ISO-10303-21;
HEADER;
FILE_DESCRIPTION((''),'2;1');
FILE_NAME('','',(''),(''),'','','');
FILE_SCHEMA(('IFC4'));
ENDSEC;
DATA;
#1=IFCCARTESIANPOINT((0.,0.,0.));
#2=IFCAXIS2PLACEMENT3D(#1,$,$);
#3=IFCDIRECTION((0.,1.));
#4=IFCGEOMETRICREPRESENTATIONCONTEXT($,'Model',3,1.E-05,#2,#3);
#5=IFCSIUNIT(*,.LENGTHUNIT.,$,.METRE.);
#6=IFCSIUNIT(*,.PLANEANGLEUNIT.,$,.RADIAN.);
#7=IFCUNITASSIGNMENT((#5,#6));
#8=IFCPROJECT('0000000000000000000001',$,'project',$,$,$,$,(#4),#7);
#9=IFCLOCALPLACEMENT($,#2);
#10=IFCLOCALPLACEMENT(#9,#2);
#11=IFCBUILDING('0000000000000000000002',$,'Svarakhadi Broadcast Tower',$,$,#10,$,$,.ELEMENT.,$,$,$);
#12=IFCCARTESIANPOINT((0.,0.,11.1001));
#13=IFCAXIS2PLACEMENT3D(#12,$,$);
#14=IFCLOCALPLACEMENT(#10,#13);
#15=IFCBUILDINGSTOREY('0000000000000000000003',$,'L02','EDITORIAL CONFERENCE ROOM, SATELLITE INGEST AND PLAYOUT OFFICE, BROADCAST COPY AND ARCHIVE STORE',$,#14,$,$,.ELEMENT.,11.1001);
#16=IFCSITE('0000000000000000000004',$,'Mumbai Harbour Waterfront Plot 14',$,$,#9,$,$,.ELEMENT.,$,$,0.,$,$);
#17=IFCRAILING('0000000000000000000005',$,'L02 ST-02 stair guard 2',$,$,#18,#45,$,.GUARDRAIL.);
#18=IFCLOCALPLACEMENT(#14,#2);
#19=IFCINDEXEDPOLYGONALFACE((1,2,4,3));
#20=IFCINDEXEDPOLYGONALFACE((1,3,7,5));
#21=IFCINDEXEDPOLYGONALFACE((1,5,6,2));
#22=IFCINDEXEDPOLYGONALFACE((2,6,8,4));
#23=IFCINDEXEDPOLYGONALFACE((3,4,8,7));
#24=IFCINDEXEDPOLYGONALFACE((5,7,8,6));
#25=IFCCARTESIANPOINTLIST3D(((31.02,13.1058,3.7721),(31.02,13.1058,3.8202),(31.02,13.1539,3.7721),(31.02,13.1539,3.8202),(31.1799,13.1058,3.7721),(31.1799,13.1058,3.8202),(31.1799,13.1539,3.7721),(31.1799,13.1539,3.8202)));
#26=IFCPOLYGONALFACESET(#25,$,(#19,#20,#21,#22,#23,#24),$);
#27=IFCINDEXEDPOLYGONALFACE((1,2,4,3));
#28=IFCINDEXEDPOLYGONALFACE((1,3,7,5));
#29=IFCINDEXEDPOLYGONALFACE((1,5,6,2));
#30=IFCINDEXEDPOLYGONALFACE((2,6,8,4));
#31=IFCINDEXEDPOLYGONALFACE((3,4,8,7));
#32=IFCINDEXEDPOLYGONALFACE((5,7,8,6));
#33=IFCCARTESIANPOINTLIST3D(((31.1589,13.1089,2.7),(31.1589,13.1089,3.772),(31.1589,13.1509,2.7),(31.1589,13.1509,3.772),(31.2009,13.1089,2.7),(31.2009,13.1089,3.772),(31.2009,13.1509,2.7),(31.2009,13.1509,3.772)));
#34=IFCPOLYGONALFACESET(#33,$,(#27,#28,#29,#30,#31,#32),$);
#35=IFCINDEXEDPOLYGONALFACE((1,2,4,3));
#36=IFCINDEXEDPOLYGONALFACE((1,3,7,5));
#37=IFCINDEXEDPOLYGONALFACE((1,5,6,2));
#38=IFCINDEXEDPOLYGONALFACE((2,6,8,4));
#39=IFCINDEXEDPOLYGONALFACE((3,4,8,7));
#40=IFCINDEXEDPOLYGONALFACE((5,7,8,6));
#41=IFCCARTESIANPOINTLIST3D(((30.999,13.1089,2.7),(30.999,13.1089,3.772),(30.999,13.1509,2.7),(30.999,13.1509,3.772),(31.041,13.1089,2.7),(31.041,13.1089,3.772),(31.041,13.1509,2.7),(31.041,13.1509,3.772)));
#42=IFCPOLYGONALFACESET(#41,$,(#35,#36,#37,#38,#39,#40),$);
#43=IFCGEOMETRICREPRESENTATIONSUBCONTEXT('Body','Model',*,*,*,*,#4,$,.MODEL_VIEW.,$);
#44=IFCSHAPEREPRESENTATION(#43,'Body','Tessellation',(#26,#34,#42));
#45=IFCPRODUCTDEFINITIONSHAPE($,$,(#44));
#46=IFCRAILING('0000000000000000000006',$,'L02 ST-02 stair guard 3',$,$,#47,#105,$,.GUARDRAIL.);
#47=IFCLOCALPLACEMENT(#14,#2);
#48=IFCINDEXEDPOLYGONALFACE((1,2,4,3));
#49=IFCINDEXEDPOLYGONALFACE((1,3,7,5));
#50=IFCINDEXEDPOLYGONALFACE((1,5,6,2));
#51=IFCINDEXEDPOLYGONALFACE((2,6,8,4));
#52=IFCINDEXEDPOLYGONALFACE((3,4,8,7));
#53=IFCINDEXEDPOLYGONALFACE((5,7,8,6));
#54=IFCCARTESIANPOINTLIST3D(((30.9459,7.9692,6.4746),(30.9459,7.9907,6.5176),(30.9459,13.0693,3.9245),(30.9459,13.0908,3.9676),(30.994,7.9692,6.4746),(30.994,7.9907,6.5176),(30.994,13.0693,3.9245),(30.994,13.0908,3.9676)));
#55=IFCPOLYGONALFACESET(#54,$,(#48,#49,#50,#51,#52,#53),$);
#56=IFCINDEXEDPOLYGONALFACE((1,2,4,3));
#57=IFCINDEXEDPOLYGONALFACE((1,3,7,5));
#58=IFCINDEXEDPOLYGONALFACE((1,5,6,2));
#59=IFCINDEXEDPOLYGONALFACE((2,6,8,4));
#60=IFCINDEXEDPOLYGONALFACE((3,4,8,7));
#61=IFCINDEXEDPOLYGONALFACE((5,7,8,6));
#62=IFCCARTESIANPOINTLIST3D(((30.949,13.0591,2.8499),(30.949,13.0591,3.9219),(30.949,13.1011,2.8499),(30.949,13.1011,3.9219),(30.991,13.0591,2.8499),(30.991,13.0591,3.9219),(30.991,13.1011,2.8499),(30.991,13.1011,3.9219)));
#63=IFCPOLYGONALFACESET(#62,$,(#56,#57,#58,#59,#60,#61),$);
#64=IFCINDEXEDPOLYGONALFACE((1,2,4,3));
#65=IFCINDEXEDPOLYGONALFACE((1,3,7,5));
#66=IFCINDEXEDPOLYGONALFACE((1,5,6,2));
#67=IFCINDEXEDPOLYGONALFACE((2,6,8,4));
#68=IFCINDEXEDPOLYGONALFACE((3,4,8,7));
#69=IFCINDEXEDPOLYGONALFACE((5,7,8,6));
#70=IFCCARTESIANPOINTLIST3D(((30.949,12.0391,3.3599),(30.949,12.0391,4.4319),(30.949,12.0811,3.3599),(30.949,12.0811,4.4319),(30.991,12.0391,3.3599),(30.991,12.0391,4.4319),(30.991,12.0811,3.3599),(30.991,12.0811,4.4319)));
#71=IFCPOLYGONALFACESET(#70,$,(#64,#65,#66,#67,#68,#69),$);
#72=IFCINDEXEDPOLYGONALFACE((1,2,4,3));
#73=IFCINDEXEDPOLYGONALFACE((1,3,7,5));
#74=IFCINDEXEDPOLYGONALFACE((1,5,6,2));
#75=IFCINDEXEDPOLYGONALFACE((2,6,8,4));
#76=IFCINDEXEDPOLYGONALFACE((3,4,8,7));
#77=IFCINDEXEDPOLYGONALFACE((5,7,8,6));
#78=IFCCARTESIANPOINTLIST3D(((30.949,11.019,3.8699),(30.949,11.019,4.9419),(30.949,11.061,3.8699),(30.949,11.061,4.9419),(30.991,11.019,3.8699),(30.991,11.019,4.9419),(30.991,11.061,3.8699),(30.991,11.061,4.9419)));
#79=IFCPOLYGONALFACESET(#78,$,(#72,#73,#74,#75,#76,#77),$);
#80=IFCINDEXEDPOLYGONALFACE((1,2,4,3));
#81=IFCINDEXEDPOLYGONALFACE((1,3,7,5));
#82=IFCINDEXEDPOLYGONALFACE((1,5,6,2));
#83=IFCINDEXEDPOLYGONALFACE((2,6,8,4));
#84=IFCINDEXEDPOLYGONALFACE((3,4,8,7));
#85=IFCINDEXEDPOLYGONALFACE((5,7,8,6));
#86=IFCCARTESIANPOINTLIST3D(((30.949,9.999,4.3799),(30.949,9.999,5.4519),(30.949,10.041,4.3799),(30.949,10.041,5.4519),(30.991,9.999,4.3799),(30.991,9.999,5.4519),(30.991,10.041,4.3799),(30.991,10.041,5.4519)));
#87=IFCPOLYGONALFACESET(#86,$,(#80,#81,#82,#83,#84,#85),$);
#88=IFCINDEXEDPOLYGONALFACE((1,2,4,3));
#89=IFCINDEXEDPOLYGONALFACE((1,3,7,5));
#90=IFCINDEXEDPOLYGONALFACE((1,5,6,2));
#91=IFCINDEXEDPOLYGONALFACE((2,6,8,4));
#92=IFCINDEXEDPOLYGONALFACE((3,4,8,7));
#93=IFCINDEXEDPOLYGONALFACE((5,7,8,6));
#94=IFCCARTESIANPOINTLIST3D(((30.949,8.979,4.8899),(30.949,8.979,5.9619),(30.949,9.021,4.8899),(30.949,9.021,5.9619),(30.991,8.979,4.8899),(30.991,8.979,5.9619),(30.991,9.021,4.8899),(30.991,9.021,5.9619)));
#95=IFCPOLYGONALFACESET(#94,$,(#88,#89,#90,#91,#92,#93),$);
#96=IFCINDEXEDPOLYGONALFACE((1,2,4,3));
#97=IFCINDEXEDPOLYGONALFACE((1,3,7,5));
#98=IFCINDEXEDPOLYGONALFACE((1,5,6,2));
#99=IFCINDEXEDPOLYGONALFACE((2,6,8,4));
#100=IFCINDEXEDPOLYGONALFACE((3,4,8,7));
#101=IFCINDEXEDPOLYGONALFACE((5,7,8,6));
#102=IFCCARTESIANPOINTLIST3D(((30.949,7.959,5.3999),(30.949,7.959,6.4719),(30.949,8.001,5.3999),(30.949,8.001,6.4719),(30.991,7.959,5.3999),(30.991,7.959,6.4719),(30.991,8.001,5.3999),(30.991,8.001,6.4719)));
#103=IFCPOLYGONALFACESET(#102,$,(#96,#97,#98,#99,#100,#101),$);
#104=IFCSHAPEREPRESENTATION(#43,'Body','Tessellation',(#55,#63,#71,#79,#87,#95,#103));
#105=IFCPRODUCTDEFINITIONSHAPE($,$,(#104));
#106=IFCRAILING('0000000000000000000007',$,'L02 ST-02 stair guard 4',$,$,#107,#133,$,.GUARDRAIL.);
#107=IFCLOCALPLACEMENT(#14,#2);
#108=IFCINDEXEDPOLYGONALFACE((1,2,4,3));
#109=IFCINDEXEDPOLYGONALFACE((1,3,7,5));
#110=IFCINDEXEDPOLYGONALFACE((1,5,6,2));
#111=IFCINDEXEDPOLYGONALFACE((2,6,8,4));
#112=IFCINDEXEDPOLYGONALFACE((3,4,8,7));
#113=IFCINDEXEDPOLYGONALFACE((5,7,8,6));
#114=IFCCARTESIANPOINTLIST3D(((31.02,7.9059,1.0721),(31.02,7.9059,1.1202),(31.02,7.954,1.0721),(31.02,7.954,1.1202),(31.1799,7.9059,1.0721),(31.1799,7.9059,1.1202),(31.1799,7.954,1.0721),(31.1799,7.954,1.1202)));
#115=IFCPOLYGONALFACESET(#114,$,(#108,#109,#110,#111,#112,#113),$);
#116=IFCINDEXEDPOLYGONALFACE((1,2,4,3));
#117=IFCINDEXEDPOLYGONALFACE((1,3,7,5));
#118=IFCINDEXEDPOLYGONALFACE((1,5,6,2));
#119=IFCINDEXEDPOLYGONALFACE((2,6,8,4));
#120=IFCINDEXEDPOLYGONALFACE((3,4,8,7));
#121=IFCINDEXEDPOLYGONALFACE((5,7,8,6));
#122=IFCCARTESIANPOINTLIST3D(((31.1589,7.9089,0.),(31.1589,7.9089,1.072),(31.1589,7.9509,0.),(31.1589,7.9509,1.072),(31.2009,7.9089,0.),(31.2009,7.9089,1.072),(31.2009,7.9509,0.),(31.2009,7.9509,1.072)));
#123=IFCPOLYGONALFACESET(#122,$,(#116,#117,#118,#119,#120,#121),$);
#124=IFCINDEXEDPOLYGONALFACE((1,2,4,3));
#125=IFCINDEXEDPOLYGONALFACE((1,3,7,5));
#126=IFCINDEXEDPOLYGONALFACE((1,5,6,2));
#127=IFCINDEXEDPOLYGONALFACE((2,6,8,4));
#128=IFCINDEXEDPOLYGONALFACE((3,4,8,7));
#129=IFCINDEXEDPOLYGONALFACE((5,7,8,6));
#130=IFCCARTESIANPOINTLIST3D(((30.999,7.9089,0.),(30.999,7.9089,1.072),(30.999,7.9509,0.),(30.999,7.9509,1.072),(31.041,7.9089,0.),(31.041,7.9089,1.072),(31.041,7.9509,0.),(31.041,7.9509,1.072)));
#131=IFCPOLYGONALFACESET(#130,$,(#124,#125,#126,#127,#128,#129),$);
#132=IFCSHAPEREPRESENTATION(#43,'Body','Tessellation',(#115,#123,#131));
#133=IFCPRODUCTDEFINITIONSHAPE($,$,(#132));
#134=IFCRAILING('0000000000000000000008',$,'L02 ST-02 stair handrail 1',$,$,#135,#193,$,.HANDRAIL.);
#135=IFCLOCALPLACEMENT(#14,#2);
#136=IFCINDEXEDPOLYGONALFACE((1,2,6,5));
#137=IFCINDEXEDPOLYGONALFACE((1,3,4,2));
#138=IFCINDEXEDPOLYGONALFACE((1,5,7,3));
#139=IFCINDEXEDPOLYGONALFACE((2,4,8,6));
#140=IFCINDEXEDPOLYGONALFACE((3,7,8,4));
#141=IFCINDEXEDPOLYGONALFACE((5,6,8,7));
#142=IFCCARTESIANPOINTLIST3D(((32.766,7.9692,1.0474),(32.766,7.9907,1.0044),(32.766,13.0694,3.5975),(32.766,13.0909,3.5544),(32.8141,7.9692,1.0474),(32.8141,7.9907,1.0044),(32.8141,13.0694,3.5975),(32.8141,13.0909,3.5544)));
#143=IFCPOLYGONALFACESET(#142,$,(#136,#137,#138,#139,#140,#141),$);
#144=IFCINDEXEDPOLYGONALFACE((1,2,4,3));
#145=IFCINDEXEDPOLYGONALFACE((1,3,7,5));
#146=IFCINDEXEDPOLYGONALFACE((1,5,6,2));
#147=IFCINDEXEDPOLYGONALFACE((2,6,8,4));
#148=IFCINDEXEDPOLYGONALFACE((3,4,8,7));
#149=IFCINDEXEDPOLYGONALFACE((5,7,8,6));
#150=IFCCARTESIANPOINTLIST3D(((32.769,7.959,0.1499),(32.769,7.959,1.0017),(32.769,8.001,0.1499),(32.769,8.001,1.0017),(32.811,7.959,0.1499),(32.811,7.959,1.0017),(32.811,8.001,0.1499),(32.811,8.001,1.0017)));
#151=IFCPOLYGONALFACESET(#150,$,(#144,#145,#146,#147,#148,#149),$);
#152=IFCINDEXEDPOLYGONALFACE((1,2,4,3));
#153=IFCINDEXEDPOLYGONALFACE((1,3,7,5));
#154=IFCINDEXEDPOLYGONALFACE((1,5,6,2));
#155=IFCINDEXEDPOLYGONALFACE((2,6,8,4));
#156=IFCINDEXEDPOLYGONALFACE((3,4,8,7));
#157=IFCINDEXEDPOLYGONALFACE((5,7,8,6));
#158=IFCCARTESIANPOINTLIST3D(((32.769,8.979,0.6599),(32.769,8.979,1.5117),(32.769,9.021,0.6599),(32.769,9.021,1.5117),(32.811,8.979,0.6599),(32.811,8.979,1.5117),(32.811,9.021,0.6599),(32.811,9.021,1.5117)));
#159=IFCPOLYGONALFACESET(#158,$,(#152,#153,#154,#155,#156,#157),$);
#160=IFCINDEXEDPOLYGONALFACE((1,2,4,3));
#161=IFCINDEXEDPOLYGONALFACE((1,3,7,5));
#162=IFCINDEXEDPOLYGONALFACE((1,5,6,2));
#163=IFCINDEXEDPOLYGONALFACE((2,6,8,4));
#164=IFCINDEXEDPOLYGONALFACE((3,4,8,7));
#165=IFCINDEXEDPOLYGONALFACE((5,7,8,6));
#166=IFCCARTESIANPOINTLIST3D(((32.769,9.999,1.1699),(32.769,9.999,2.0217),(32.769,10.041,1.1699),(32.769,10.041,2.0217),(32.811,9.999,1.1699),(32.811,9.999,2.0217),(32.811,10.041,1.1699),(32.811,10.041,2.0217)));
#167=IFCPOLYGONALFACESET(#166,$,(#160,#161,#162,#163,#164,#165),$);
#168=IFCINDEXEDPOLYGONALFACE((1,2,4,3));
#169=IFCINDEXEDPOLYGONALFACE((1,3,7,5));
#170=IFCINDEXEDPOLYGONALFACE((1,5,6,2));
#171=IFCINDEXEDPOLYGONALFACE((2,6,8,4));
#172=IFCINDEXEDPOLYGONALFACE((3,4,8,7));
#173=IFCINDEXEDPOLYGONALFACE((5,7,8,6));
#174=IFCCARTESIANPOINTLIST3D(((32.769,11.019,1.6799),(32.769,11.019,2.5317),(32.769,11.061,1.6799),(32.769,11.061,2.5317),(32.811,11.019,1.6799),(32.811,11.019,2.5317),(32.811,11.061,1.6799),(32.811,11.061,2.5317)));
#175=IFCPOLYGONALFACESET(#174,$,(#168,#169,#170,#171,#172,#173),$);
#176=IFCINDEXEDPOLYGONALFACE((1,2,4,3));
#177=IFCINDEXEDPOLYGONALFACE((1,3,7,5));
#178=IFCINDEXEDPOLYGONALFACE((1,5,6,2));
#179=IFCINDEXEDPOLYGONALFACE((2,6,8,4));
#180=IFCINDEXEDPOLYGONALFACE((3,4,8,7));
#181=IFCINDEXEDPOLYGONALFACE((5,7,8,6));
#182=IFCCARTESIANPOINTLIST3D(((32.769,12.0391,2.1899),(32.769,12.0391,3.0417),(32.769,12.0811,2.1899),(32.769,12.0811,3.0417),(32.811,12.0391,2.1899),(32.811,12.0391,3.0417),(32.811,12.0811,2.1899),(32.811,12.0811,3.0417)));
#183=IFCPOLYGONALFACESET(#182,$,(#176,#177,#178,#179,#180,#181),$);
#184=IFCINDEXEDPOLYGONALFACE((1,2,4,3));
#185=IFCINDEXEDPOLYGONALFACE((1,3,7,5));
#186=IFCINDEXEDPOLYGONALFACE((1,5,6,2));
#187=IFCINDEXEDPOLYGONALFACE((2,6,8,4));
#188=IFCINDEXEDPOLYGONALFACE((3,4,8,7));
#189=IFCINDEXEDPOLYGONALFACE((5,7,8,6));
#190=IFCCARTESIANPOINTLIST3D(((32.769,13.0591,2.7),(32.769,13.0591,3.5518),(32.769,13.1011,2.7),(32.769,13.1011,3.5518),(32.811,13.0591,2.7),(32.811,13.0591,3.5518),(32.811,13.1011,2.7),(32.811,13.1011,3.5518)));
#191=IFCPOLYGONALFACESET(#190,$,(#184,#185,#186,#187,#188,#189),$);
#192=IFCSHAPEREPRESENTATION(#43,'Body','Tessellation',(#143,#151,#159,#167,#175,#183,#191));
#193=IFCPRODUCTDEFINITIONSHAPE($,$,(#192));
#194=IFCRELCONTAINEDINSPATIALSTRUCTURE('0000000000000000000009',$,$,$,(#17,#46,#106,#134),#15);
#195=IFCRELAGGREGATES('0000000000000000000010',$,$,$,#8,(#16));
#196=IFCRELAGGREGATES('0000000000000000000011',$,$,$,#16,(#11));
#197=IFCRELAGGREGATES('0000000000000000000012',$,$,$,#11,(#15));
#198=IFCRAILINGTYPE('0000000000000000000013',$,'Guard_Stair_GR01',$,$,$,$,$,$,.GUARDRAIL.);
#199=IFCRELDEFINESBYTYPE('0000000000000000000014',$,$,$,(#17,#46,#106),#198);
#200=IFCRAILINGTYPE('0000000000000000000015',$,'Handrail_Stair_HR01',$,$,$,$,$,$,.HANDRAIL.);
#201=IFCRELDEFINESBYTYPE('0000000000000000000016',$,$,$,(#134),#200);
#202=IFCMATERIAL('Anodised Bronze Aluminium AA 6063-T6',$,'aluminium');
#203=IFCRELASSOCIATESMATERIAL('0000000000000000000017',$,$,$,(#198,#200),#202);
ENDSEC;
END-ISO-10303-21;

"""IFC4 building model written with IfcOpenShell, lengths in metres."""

from ifc_helpers import new_model, si_unit, direction, frame, origin, origin_2d, place, context, subcontext, project, spatial, rectangle, extrude, material, type_object, element, save


model = new_model("IFC4")

# Units and contexts
model_context = context("Model", 3, precision=1e-05, world=origin(), true_north=direction((0.0, 1.0)))
body_context = subcontext(model_context, "Body", "Model", "MODEL_VIEW")
ifc_project = project(units=[si_unit("LENGTHUNIT", "METRE"), si_unit("PLANEANGLEUNIT", "RADIAN")], contexts=[model_context])

# Site, building, storey
site_placement = place(None, origin())
site = spatial("IfcSite", under=ifc_project, at=site_placement, Name="Mumbai Harbour Waterfront Plot 14", CompositionType="ELEMENT", RefElevation=0.0)
building_placement = place(site_placement, origin())
building = spatial("IfcBuilding", under=site, at=building_placement, Name="Svarakhadi Broadcast Tower", CompositionType="ELEMENT")
storey_placement = place(building_placement, frame((0.0, 0.0, 11.1001)))
storey = spatial("IfcBuildingStorey", under=building, at=storey_placement, Name="L02", Description="EDITORIAL CONFERENCE ROOM, SATELLITE INGEST AND PLAYOUT OFFICE, BROADCAST COPY AND ARCHIVE STORE", CompositionType="ELEMENT", Elevation=11.1001)

# Railings
ifc_material_1 = material(Name="Anodised Bronze Aluminium AA 6063-T6", Category="aluminium")
railing_type_1 = type_object("IfcRailingType", Name="Guard_Stair_GR01", PredefinedType="GUARDRAIL", material=ifc_material_1)
railing_1_placement = place(storey_placement, frame((31.1799, 13.1299, 2.7)))
element("IfcRailing", 1, at=railing_1_placement, inside=storey, type_object=railing_type_1, Name="L02 ST-02 stair guard 2", PredefinedType="GUARDRAIL", context=body_context, shape_type="SweptSolid", body=[
    extrude(rectangle(XDim=0.0481, YDim=0.0481, at=origin_2d()), frame((0.0, 0.0, 1.0962), z_axis=(-1.0, 0.0, 0.0), x_axis=(0.0, -1.0, 0.0)), (0.0, 0.0, 1.0), 0.1599),
    extrude(rectangle(XDim=0.042, YDim=0.042, at=origin_2d()), origin(), (0.0, 0.0, 1.0), 1.072),
    extrude(rectangle(XDim=0.042, YDim=0.042, at=origin_2d()), frame((-0.1599, 0.0, 0.0)), (0.0, 0.0, 1.0), 1.072),
])
railing_2_placement = place(storey_placement, frame((30.97, 13.0801, 2.8499)))
element("IfcRailing", 2, at=railing_2_placement, inside=storey, type_object=railing_type_1, Name="L02 ST-02 stair guard 3", PredefinedType="GUARDRAIL", context=body_context, shape_type="SweptSolid", body=[
    extrude(rectangle(XDim=0.0481, YDim=0.0481, at=origin_2d()), frame((0.0, 0.0, 1.0962), z_axis=(0.0, -0.894427, 0.447214), x_axis=(1.0, 0.0, 0.0)), (0.0, 0.0, 1.0), 5.7021),
    extrude(rectangle(XDim=0.042, YDim=0.042, at=origin_2d()), origin(), (0.0, 0.0, 1.0), 1.072),
    extrude(rectangle(XDim=0.042, YDim=0.042, at=origin_2d()), frame((0.0, -1.02, 0.51)), (0.0, 0.0, 1.0), 1.072),
    extrude(rectangle(XDim=0.042, YDim=0.042, at=origin_2d()), frame((0.0, -2.04, 1.02)), (0.0, 0.0, 1.0), 1.072),
    extrude(rectangle(XDim=0.042, YDim=0.042, at=origin_2d()), frame((0.0, -3.0601, 1.53)), (0.0, 0.0, 1.0), 1.072),
    extrude(rectangle(XDim=0.042, YDim=0.042, at=origin_2d()), frame((0.0, -4.0801, 2.04)), (0.0, 0.0, 1.0), 1.072),
    extrude(rectangle(XDim=0.042, YDim=0.042, at=origin_2d()), frame((0.0, -5.1001, 2.55)), (0.0, 0.0, 1.0), 1.072),
])
railing_3_placement = place(storey_placement, frame((31.1799, 7.9299, 0.0)))
element("IfcRailing", 3, at=railing_3_placement, inside=storey, type_object=railing_type_1, Name="L02 ST-02 stair guard 4", PredefinedType="GUARDRAIL", context=body_context, shape_type="SweptSolid", body=[
    extrude(rectangle(XDim=0.0481, YDim=0.0481, at=origin_2d()), frame((0.0, 0.0, 1.0962), z_axis=(-1.0, 0.0, 0.0), x_axis=(0.0, -1.0, 0.0)), (0.0, 0.0, 1.0), 0.1599),
    extrude(rectangle(XDim=0.042, YDim=0.042, at=origin_2d()), origin(), (0.0, 0.0, 1.0), 1.072),
    extrude(rectangle(XDim=0.042, YDim=0.042, at=origin_2d()), frame((-0.1599, 0.0, 0.0)), (0.0, 0.0, 1.0), 1.072),
])
railing_type_2 = type_object("IfcRailingType", Name="Handrail_Stair_HR01", PredefinedType="HANDRAIL", material=ifc_material_1)
railing_4_placement = place(storey_placement, frame((32.79, 7.98, 0.1499)))
element("IfcRailing", 4, at=railing_4_placement, inside=storey, type_object=railing_type_2, Name="L02 ST-02 stair handrail 1", PredefinedType="HANDRAIL", context=body_context, shape_type="SweptSolid", body=[
    extrude(rectangle(XDim=0.0481, YDim=0.0481, at=origin_2d()), frame((0.0, 0.0, 0.876), z_axis=(0.0, 0.894427, 0.447214), x_axis=(-1.0, 0.0, 0.0)), (0.0, 0.0, 1.0), 5.7021),
    extrude(rectangle(XDim=0.042, YDim=0.042, at=origin_2d()), origin(), (0.0, 0.0, 1.0), 0.8518),
    extrude(rectangle(XDim=0.042, YDim=0.042, at=origin_2d()), frame((0.0, 1.02, 0.51)), (0.0, 0.0, 1.0), 0.8518),
    extrude(rectangle(XDim=0.042, YDim=0.042, at=origin_2d()), frame((0.0, 2.04, 1.02)), (0.0, 0.0, 1.0), 0.8518),
    extrude(rectangle(XDim=0.042, YDim=0.042, at=origin_2d()), frame((0.0, 3.0601, 1.53)), (0.0, 0.0, 1.0), 0.8518),
    extrude(rectangle(XDim=0.042, YDim=0.042, at=origin_2d()), frame((0.0, 4.0801, 2.04)), (0.0, 0.0, 1.0), 0.8518),
    extrude(rectangle(XDim=0.042, YDim=0.042, at=origin_2d()), frame((0.0, 5.1001, 2.55)), (0.0, 0.0, 1.0), 0.8518),
])

save(model, "model.ifc")
